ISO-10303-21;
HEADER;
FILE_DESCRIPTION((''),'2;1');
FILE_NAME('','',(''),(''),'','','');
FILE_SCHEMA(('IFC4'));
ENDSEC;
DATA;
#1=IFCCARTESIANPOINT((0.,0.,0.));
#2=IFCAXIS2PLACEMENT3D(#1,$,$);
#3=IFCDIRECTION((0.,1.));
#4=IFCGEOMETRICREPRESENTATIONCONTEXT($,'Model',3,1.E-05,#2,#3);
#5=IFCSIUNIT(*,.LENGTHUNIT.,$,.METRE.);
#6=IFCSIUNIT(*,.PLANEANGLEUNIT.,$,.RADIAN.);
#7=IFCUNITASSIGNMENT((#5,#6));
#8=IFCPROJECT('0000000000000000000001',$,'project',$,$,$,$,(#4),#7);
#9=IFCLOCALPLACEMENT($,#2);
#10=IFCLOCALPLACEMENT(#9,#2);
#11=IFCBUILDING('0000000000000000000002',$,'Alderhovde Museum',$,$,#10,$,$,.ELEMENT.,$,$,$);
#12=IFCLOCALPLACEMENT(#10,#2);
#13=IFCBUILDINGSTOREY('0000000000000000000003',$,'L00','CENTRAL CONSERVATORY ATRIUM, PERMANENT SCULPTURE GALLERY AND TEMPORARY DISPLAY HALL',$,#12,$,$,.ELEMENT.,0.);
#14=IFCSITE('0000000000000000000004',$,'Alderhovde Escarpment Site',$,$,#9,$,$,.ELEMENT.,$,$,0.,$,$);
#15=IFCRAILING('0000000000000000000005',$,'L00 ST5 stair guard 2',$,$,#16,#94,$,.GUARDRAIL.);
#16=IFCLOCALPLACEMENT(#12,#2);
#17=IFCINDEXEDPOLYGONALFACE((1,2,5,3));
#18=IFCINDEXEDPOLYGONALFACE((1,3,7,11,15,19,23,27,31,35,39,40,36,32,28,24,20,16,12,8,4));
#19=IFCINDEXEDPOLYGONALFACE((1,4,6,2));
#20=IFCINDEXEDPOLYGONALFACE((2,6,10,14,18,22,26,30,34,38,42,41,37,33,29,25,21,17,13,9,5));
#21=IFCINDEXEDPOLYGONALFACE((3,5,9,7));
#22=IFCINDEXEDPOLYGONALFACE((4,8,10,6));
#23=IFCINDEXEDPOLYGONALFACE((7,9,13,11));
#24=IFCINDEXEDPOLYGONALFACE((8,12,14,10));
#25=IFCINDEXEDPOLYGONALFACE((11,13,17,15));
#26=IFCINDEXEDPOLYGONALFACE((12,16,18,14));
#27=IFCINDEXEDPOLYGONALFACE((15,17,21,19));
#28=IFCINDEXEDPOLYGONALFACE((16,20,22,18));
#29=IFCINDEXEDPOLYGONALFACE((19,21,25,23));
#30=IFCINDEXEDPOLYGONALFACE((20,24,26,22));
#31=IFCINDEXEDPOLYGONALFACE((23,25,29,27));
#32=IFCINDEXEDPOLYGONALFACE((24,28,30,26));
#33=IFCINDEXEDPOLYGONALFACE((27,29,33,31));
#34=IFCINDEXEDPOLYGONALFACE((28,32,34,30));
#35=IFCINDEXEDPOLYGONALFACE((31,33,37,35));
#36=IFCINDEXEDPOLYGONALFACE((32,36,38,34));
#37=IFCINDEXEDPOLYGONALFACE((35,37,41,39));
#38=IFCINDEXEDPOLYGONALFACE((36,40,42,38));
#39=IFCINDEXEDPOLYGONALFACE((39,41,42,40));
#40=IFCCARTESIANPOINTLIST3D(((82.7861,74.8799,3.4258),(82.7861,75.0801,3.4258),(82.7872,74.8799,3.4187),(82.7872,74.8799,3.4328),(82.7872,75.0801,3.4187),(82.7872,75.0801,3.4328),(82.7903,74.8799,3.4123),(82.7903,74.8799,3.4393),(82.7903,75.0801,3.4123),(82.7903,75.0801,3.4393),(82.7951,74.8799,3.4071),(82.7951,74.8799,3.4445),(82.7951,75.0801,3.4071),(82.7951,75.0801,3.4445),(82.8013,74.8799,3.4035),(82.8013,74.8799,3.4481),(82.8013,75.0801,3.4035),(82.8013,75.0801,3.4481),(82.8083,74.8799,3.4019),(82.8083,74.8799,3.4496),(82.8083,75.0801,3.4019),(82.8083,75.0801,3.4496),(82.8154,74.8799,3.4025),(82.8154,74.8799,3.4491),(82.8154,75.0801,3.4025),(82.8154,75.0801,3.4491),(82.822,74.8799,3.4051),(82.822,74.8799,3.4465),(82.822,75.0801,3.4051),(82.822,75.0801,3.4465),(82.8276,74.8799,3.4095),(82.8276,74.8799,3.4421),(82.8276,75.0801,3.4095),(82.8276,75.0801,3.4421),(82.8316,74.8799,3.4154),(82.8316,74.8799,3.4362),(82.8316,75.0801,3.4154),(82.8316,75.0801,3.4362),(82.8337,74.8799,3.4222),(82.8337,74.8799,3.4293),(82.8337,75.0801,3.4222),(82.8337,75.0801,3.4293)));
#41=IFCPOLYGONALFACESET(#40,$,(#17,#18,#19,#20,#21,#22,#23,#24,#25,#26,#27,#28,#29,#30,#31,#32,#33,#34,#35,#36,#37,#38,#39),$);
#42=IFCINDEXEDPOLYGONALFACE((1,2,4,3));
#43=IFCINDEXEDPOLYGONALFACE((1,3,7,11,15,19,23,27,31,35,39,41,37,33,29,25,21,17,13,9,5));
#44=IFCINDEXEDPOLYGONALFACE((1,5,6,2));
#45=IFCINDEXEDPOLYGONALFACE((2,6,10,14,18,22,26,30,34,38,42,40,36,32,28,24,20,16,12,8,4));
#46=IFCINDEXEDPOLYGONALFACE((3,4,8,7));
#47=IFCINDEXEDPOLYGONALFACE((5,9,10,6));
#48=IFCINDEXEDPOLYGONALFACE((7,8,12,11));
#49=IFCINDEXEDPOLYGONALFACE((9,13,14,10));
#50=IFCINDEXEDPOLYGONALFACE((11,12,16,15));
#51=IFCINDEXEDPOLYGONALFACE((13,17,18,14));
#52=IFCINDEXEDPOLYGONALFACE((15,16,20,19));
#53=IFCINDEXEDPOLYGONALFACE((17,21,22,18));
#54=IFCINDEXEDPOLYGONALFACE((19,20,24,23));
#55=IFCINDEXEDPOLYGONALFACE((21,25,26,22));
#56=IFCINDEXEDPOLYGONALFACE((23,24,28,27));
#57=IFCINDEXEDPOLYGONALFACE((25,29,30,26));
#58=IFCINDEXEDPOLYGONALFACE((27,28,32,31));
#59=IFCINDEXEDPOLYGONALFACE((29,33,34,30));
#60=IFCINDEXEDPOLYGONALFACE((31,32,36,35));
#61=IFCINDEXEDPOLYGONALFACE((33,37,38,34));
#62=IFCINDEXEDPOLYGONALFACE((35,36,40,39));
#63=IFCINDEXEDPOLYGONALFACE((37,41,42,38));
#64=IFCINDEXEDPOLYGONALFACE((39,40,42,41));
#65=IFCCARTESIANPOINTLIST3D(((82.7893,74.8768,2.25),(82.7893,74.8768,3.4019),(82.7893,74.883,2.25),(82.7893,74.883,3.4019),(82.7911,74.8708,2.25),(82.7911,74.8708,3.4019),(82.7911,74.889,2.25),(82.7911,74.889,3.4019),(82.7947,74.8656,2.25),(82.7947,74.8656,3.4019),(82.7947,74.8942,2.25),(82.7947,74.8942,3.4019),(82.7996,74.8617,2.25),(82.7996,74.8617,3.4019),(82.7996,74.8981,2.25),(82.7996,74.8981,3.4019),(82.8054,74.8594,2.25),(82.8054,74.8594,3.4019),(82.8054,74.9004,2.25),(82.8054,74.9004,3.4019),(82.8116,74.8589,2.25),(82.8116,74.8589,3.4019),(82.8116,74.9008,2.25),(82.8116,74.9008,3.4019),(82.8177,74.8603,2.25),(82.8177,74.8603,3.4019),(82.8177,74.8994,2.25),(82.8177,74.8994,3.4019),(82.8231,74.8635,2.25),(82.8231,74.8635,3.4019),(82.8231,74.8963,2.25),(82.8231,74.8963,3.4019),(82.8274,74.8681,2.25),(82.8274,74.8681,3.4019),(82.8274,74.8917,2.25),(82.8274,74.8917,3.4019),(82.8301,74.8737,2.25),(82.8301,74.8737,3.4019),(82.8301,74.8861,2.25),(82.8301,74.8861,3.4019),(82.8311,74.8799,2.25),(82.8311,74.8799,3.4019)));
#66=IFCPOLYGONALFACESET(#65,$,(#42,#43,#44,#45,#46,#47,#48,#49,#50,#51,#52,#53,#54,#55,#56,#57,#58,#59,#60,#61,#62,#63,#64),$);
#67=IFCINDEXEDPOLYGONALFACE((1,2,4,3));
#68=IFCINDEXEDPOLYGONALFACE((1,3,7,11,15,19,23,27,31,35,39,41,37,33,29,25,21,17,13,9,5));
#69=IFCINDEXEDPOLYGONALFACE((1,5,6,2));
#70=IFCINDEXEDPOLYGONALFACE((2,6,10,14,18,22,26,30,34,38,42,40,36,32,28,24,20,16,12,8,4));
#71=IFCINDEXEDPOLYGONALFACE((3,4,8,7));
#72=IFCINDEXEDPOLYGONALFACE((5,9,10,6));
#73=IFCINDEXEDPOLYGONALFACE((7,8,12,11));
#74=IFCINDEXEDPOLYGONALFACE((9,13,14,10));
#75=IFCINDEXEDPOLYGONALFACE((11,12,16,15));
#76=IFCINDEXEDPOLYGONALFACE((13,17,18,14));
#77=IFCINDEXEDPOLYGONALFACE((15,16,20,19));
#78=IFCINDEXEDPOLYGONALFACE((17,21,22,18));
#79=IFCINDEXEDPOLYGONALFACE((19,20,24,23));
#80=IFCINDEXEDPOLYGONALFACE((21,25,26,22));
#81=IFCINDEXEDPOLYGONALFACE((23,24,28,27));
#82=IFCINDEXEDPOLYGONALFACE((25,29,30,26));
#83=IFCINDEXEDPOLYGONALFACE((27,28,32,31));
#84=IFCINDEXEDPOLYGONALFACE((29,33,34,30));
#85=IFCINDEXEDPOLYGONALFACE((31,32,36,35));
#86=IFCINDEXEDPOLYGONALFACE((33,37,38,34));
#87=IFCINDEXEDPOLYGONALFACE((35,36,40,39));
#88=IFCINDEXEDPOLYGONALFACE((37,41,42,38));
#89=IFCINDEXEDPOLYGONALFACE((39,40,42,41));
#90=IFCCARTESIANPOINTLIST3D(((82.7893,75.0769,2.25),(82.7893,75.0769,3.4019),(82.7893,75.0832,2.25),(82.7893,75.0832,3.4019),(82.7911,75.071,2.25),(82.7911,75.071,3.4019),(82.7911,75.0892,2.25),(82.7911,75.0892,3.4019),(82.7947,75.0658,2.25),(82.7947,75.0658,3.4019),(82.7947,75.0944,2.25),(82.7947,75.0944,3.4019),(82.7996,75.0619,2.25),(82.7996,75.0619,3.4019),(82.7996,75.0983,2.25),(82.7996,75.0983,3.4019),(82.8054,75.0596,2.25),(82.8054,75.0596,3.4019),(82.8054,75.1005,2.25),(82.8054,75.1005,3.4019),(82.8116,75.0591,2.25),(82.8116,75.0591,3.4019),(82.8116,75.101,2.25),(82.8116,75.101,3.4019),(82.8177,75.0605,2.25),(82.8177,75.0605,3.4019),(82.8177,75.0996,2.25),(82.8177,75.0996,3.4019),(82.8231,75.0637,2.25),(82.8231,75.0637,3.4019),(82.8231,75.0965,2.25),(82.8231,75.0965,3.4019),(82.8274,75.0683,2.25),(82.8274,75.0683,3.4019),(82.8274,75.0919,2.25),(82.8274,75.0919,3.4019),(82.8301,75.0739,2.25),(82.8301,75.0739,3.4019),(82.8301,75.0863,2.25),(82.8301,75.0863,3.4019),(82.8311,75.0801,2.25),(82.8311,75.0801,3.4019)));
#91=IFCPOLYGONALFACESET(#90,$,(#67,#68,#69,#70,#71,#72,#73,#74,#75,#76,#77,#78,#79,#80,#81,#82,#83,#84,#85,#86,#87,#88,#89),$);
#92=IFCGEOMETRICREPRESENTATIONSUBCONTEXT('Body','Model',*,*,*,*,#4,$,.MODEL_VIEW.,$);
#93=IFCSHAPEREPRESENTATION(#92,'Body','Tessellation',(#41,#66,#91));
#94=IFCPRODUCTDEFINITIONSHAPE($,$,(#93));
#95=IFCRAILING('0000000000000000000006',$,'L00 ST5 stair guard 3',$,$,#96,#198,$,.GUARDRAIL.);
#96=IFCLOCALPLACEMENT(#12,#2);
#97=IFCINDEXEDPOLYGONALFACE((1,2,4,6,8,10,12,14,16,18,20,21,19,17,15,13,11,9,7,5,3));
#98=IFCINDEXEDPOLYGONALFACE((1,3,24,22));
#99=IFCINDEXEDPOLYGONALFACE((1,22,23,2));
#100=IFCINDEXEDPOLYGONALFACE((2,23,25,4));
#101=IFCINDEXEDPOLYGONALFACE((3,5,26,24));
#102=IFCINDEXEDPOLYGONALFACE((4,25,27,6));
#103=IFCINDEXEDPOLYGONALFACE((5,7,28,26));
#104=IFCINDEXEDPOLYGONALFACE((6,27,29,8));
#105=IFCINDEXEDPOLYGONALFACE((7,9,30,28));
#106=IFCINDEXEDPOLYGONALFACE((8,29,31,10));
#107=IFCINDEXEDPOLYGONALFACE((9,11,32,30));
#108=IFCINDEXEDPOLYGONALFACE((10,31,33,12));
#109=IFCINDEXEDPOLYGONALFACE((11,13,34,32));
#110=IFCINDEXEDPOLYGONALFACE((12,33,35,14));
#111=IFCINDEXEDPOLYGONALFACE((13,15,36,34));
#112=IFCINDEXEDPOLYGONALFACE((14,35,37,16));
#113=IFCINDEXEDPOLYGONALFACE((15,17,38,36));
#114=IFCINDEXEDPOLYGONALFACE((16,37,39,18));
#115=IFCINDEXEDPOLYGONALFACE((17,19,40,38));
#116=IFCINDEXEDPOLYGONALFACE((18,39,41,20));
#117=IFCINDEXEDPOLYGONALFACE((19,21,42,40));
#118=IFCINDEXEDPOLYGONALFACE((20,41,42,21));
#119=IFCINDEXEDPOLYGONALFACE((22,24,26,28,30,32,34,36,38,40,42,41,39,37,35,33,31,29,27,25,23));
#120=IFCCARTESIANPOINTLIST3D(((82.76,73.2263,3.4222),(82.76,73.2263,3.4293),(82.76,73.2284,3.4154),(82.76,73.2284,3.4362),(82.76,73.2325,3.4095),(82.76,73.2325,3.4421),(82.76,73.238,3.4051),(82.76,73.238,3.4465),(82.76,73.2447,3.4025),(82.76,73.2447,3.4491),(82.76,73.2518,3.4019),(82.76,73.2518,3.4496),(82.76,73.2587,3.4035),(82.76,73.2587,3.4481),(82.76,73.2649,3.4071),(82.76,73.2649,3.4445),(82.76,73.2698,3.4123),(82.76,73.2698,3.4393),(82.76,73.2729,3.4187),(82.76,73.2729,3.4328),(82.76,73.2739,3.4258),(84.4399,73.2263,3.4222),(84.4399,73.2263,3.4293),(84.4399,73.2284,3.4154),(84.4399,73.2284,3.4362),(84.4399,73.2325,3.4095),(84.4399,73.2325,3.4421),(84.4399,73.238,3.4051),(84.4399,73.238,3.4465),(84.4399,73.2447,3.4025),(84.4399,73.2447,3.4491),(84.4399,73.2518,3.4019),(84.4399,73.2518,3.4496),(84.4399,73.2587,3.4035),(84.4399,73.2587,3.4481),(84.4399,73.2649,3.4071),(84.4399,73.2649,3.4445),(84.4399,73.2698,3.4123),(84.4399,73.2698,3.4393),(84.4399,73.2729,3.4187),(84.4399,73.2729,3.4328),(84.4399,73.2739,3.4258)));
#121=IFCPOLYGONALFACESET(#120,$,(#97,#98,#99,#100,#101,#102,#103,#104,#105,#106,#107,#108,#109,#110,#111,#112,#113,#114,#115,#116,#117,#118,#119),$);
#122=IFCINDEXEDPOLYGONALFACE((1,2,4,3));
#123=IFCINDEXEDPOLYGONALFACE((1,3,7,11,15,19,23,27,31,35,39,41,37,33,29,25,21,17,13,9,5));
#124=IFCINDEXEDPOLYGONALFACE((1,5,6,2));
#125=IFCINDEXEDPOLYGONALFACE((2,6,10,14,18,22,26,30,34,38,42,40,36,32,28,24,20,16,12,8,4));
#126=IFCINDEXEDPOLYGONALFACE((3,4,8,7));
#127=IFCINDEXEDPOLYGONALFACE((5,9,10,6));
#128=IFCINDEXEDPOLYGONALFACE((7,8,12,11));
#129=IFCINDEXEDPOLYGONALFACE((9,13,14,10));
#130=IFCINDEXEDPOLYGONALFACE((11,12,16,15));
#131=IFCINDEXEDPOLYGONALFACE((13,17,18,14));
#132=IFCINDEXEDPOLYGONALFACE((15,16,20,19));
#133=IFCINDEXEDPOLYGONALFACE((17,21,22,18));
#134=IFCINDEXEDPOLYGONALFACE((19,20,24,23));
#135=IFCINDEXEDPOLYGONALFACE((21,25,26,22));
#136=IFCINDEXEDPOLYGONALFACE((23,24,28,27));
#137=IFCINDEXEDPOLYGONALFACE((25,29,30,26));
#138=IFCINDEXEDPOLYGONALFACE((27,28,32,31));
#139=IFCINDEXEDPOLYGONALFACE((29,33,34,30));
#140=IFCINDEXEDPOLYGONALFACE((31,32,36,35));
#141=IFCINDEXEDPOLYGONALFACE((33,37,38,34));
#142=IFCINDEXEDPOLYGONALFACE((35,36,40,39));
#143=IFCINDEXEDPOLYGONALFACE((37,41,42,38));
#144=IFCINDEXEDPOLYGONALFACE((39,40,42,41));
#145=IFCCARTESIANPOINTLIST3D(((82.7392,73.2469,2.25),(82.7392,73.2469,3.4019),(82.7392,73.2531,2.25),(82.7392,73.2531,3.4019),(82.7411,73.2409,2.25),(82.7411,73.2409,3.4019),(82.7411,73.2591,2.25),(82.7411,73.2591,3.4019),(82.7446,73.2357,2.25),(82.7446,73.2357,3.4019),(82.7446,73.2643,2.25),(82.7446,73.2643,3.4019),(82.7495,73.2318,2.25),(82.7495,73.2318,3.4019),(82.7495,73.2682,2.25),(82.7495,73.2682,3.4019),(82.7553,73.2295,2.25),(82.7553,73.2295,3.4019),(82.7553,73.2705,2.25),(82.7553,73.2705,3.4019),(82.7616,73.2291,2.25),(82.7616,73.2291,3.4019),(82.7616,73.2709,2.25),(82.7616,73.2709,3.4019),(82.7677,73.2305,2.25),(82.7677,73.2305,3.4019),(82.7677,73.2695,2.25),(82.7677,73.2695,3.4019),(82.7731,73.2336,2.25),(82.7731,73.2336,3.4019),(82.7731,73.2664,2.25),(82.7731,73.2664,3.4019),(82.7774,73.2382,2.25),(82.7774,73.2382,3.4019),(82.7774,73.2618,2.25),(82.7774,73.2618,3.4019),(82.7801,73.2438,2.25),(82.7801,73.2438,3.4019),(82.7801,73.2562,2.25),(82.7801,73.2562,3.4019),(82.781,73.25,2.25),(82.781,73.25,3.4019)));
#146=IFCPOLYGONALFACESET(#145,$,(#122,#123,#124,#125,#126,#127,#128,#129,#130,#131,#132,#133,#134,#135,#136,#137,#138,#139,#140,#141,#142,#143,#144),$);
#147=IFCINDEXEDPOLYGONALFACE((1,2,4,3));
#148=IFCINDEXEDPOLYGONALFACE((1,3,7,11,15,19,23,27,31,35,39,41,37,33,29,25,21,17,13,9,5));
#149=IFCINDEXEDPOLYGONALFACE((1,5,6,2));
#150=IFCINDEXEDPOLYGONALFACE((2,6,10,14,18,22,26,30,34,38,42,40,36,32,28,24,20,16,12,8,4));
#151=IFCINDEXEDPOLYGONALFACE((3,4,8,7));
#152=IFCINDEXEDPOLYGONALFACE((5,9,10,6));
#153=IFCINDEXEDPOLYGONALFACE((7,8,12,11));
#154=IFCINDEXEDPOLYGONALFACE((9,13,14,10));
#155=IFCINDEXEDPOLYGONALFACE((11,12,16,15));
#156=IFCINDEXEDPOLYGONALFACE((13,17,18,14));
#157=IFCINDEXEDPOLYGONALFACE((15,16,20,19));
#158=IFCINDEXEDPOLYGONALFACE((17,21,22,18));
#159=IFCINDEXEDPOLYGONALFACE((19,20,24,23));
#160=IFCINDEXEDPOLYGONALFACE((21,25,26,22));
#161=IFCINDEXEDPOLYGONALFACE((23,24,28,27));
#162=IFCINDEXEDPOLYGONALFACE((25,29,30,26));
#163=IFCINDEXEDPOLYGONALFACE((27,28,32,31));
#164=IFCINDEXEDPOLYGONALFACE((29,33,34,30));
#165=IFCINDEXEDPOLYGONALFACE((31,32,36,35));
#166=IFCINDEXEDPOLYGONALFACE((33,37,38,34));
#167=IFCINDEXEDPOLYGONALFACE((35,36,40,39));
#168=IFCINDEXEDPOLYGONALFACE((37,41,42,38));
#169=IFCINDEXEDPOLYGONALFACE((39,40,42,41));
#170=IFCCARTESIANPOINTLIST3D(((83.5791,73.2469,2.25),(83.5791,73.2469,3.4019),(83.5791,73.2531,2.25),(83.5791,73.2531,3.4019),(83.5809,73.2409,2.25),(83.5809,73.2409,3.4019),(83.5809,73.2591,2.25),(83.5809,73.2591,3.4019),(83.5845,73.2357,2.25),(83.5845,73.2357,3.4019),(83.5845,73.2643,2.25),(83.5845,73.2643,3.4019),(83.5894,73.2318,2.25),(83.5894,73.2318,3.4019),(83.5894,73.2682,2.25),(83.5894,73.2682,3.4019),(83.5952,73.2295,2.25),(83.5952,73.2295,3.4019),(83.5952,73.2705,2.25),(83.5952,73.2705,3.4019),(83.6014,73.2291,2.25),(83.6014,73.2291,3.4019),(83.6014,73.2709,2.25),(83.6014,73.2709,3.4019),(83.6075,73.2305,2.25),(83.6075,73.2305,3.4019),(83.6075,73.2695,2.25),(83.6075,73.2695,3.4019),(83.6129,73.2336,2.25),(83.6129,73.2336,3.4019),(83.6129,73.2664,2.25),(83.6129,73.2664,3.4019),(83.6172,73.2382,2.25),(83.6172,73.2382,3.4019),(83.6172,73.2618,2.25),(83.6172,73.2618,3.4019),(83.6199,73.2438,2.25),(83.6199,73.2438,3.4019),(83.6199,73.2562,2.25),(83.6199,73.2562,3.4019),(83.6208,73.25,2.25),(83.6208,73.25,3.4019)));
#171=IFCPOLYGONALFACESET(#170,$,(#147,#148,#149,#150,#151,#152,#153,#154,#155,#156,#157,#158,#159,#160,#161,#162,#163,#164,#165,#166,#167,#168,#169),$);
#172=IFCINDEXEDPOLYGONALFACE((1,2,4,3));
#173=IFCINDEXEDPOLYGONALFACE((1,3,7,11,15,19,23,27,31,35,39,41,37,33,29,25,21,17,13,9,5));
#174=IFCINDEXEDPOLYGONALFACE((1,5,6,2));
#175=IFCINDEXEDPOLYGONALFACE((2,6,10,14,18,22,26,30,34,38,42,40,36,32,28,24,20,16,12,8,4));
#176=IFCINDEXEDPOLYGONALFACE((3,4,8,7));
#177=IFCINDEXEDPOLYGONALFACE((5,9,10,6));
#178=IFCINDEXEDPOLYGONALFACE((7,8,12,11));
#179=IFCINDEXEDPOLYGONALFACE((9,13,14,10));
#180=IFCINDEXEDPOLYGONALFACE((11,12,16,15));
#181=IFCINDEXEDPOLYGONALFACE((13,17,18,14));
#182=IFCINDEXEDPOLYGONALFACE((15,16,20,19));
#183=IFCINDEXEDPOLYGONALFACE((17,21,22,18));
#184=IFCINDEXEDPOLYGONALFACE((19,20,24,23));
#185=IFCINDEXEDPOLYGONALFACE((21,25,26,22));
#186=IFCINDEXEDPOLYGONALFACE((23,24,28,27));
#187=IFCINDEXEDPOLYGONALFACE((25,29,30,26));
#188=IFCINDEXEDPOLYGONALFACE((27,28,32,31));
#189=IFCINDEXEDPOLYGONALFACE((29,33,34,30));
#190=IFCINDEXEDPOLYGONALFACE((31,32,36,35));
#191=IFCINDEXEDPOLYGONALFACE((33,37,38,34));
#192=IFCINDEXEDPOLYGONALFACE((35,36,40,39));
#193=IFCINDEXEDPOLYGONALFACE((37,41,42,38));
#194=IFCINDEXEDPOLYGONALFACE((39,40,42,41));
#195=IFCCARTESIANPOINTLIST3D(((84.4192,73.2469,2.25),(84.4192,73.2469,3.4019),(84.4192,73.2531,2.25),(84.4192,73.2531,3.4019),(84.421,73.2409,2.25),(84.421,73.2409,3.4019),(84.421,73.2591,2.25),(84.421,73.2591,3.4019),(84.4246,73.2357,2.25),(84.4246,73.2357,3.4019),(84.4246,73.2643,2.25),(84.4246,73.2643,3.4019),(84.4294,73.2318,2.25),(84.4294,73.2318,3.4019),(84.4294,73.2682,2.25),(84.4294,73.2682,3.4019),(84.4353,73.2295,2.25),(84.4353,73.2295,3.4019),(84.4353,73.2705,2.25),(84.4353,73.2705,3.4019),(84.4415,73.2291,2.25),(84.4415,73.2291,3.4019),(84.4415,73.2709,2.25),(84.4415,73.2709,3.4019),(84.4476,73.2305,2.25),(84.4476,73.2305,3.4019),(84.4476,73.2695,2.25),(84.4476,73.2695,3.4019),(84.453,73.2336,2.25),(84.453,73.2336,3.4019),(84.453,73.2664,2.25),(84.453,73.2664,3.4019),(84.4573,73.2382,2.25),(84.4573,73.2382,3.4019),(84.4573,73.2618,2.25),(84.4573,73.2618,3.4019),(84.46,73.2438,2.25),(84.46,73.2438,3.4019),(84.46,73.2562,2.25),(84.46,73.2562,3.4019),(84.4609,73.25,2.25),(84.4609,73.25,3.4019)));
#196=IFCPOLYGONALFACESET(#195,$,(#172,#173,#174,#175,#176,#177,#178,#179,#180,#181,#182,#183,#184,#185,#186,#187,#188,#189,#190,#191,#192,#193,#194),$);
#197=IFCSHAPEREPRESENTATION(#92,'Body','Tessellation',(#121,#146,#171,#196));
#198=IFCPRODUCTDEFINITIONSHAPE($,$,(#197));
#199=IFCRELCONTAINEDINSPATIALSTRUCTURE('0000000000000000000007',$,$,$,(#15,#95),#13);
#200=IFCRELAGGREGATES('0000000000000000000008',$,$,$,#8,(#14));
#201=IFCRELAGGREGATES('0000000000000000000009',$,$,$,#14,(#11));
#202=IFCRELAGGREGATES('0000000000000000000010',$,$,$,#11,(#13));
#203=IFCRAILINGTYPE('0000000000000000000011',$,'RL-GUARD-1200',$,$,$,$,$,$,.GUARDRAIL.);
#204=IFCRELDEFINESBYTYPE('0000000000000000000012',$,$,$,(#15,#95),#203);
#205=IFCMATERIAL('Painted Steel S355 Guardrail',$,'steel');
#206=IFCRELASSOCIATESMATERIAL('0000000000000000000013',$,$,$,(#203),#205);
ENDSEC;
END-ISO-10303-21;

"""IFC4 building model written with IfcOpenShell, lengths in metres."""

from ifc_helpers import new_model, si_unit, direction, frame, origin, origin_2d, place, context, subcontext, project, spatial, circle, extrude, material, type_object, element, save


model = new_model("IFC4")

# Units and contexts
model_context = context("Model", 3, precision=1e-05, world=origin(), true_north=direction((0.0, 1.0)))
body_context = subcontext(model_context, "Body", "Model", "MODEL_VIEW")
ifc_project = project(units=[si_unit("LENGTHUNIT", "METRE"), si_unit("PLANEANGLEUNIT", "RADIAN")], contexts=[model_context])

# Site, building, storey
site_placement = place(None, origin())
site = spatial("IfcSite", under=ifc_project, at=site_placement, Name="Alderhovde Escarpment Site", CompositionType="ELEMENT", RefElevation=0.0)
building_placement = place(site_placement, origin())
building = spatial("IfcBuilding", under=site, at=building_placement, Name="Alderhovde Museum", CompositionType="ELEMENT")
storey_placement = place(building_placement, origin())
storey = spatial("IfcBuildingStorey", under=building, at=storey_placement, Name="L00", Description="CENTRAL CONSERVATORY ATRIUM, PERMANENT SCULPTURE GALLERY AND TEMPORARY DISPLAY HALL", CompositionType="ELEMENT", Elevation=0.0)

# Railings
ifc_material_1 = material(Name="Painted Steel S355 Guardrail", Category="steel")
railing_type_1 = type_object("IfcRailingType", Name="RL-GUARD-1200", PredefinedType="GUARDRAIL", material=ifc_material_1)
railing_1_placement = place(storey_placement, frame((82.8101, 74.8799, 2.25)))
element("IfcRailing", 1, at=railing_1_placement, inside=storey, type_object=railing_type_1, Name="L00 ST5 stair guard 2", PredefinedType="GUARDRAIL", context=body_context, shape_type="SweptSolid", body=[
    extrude(circle(Radius=0.0239, at=origin_2d()), frame((0.0, 0.0, 1.1758), z_axis=(0.0, 1.0, 0.0), x_axis=(-1.0, 0.0, 0.0)), (0.0, 0.0, 1.0), 0.2002),
    extrude(circle(Radius=0.021, at=origin_2d()), origin(), (0.0, 0.0, 1.0), 1.1519),
    extrude(circle(Radius=0.021, at=origin_2d()), frame((0.0, 0.2002, 0.0)), (0.0, 0.0, 1.0), 1.1519),
])
for number, where, name in (
    (2, (82.76, 73.25, 2.25), "L00 ST5 stair guard 3"),
):
    element("IfcRailing", number, at=place(storey_placement, frame(where)), inside=storey, type_object=railing_type_1, Name=name, PredefinedType="GUARDRAIL", context=body_context, shape_type="SweptSolid", body=[
        extrude(circle(Radius=0.0239, at=origin_2d()), frame((0.0, 0.0, 1.1758), z_axis=(1.0, 0.0, 0.0), x_axis=(0.0, 1.0, 0.0)), (0.0, 0.0, 1.0), 1.6799),
        extrude(circle(Radius=0.021, at=origin_2d()), origin(), (0.0, 0.0, 1.0), 1.1519),
        extrude(circle(Radius=0.021, at=origin_2d()), frame((0.8398, 0.0, 0.0)), (0.0, 0.0, 1.0), 1.1519),
        extrude(circle(Radius=0.021, at=origin_2d()), frame((1.6799, 0.0, 0.0)), (0.0, 0.0, 1.0), 1.1519),
    ])

save(model, "model.ifc")
